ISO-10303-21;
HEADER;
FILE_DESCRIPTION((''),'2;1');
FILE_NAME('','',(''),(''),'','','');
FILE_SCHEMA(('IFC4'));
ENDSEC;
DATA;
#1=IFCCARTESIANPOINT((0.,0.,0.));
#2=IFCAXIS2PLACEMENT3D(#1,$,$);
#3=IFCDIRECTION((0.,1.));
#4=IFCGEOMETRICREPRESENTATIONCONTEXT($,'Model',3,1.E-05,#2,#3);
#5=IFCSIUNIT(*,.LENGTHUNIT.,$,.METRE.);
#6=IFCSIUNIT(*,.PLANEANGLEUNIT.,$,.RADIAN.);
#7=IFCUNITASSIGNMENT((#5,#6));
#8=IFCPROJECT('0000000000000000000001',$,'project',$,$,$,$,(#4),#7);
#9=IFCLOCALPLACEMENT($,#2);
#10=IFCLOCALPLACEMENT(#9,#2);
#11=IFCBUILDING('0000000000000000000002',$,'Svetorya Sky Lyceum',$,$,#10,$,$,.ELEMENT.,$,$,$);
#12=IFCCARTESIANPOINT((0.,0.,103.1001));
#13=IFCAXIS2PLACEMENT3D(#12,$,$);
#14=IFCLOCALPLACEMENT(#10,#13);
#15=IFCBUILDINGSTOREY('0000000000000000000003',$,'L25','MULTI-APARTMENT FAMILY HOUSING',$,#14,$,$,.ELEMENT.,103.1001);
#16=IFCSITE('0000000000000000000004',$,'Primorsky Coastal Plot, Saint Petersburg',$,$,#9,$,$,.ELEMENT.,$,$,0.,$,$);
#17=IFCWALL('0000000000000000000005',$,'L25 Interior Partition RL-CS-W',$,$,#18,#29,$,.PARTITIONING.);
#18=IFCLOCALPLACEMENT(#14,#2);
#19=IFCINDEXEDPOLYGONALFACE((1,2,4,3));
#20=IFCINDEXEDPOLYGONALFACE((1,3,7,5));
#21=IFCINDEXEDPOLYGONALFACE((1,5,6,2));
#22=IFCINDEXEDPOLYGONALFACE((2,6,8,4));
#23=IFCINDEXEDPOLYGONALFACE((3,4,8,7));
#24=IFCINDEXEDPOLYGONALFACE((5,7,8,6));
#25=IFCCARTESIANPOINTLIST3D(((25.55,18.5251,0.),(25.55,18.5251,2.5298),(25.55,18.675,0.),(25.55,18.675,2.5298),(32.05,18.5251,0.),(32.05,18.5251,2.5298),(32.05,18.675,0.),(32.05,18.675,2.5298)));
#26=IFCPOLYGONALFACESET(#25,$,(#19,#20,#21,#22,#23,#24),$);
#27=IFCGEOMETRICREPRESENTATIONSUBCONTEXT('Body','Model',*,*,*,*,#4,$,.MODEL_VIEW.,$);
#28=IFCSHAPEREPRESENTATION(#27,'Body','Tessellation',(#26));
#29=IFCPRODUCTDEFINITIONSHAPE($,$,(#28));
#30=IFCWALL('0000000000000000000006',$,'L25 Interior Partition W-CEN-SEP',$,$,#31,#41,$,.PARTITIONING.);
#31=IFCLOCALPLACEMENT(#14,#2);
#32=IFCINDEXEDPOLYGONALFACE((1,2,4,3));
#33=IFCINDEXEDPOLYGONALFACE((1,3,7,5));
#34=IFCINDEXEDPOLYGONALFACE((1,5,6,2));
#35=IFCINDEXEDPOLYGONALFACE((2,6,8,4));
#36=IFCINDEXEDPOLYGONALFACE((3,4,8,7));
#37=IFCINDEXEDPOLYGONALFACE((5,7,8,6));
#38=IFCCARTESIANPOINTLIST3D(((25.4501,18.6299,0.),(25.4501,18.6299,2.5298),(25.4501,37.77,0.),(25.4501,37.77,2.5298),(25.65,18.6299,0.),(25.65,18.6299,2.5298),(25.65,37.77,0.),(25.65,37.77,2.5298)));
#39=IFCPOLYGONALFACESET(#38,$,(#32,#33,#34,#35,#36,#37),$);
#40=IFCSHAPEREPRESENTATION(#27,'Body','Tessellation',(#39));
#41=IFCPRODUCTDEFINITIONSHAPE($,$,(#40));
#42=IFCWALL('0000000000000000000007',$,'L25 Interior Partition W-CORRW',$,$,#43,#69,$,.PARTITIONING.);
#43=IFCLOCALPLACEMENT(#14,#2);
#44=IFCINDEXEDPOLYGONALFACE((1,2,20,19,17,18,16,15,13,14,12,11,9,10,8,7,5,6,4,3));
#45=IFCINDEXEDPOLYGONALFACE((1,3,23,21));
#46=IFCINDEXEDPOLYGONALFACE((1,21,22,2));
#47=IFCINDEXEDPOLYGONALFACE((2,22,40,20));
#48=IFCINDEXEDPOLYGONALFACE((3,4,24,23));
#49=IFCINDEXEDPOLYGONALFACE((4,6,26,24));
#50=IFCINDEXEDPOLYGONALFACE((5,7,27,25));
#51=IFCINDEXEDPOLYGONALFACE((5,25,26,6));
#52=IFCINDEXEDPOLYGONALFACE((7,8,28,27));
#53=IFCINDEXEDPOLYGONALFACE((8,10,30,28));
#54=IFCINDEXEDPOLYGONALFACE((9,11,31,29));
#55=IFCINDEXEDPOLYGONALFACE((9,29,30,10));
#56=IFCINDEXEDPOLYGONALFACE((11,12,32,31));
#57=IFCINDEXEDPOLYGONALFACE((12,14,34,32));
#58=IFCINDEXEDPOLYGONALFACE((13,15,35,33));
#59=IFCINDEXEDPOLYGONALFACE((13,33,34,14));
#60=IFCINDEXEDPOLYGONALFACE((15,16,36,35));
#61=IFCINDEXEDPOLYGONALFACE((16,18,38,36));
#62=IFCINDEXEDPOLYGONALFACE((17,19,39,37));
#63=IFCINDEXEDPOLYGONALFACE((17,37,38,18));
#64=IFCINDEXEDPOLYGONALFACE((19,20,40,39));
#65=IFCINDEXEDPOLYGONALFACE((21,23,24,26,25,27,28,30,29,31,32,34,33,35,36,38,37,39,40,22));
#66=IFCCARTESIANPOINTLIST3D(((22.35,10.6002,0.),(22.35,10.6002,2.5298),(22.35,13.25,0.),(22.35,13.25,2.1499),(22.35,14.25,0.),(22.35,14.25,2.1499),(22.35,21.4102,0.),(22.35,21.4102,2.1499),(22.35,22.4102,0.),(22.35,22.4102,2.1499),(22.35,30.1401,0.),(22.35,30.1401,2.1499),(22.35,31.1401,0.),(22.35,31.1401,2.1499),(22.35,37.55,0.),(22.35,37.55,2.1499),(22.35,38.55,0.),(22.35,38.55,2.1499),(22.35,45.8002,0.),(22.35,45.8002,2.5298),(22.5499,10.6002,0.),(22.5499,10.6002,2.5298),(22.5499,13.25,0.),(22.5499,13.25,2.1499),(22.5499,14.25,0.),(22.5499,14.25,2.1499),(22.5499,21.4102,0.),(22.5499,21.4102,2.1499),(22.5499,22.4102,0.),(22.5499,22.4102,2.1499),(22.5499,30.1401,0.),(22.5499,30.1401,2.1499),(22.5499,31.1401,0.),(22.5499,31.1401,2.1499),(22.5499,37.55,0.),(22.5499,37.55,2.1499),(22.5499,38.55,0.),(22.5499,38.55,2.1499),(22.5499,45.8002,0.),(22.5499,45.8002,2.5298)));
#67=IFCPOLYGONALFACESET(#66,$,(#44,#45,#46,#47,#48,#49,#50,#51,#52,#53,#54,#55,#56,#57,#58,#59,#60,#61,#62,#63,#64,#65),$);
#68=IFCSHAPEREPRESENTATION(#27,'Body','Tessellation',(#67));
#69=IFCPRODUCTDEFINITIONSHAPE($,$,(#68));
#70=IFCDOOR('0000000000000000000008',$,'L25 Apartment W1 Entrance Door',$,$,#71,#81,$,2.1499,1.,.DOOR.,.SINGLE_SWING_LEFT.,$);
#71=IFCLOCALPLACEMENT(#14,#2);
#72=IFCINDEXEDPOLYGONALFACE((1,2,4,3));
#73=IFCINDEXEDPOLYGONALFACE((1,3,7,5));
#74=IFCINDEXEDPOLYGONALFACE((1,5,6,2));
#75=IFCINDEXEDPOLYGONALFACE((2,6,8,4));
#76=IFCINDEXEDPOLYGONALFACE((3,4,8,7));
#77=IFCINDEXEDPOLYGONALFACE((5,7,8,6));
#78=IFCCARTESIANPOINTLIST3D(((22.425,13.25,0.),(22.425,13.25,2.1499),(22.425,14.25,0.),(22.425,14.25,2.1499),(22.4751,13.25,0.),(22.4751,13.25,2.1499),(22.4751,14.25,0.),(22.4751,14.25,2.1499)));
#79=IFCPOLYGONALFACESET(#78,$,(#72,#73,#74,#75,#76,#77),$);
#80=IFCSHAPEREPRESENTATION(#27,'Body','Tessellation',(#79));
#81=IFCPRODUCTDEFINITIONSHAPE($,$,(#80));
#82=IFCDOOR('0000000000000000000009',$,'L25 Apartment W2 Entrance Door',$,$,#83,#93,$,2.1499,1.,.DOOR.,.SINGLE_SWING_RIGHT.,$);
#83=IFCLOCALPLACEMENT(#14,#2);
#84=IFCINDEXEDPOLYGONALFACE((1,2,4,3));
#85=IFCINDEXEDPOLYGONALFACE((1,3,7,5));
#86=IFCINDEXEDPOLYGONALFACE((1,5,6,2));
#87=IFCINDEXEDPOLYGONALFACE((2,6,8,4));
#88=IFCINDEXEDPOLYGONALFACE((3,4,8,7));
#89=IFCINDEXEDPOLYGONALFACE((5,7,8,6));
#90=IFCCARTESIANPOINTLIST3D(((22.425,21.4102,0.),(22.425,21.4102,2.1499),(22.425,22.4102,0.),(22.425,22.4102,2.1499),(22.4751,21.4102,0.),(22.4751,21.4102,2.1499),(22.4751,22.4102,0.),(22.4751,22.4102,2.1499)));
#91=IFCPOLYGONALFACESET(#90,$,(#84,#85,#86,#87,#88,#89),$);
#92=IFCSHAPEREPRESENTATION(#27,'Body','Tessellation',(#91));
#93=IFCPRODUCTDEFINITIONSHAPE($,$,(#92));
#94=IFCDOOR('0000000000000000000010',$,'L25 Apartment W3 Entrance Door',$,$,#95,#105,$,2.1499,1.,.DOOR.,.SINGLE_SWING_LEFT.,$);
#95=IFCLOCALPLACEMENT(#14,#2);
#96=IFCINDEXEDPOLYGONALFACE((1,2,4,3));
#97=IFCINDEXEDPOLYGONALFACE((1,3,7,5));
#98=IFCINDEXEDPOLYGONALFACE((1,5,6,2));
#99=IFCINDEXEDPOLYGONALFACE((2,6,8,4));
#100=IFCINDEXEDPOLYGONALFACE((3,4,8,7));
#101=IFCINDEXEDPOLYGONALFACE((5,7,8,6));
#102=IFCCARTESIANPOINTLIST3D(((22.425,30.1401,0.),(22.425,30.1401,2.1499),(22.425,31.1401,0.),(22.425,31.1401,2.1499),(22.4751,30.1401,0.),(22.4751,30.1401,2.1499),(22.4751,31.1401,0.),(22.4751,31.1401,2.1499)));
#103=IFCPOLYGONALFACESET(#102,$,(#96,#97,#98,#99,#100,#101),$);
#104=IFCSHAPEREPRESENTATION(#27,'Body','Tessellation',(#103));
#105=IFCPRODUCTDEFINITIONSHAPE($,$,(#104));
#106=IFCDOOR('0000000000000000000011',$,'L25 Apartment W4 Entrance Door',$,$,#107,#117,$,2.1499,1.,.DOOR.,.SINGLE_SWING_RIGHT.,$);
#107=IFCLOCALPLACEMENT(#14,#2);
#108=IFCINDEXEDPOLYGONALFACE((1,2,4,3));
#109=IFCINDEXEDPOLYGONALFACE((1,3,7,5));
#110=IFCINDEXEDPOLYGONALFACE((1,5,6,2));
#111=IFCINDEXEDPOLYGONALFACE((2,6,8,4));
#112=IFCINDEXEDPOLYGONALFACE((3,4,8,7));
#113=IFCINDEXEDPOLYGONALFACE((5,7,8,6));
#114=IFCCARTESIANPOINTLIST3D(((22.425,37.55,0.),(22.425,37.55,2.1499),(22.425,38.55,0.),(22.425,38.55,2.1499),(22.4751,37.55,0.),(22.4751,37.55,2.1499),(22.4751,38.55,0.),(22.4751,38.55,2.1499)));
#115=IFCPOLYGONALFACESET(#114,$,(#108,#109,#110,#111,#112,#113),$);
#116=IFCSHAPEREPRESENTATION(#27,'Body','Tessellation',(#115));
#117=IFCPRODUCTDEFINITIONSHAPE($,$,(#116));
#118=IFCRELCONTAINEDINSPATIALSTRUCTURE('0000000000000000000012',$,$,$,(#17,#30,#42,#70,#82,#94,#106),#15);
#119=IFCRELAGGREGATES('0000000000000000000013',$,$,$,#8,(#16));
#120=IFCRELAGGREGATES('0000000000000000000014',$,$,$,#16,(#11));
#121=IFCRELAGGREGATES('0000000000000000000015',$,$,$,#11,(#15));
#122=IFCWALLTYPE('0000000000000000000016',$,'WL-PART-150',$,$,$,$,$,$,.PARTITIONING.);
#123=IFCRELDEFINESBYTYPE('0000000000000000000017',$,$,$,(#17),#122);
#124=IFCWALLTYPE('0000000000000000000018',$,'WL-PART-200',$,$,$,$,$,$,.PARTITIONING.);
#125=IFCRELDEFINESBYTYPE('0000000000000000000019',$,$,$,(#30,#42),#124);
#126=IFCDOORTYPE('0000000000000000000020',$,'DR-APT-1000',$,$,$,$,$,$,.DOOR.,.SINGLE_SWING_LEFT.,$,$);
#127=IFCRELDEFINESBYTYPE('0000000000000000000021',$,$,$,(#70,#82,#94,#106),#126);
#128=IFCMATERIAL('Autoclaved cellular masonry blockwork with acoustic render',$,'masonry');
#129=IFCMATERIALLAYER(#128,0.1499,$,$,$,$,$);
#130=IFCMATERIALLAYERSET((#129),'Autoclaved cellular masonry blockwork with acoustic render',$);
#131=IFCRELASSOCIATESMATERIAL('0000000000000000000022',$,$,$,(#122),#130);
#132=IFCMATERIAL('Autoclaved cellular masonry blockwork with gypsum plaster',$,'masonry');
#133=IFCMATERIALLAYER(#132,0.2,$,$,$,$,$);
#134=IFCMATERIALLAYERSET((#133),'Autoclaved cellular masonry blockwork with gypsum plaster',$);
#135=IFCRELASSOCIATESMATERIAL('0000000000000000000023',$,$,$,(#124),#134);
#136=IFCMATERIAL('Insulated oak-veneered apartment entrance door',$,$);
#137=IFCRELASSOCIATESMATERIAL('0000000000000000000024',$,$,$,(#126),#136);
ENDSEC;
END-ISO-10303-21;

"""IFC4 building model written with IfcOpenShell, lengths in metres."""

from ifc_helpers import new_model, si_unit, direction, frame, frame_2d, origin, place, context, subcontext, project, spatial, rectangle, extrude, material, layer, layer_set, type_object, element, fill, save


model = new_model("IFC4")

# Units and contexts
model_context = context("Model", 3, precision=1e-05, world=origin(), true_north=direction((0.0, 1.0)))
body_context = subcontext(model_context, "Body", "Model", "MODEL_VIEW")
ifc_project = project(units=[si_unit("LENGTHUNIT", "METRE"), si_unit("PLANEANGLEUNIT", "RADIAN")], contexts=[model_context])

# Site, building, storey
site_placement = place(None, origin())
site = spatial("IfcSite", under=ifc_project, at=site_placement, Name="Primorsky Coastal Plot, Saint Petersburg", CompositionType="ELEMENT", RefElevation=0.0)
building_placement = place(site_placement, origin())
building = spatial("IfcBuilding", under=site, at=building_placement, Name="Svetorya Sky Lyceum", CompositionType="ELEMENT")
storey_placement = place(building_placement, frame((0.0, 0.0, 103.1001)))
storey = spatial("IfcBuildingStorey", under=building, at=storey_placement, Name="L25", Description="MULTI-APARTMENT FAMILY HOUSING", CompositionType="ELEMENT", Elevation=103.1001)

# Walls
ifc_material_1 = material(Name="Autoclaved cellular masonry blockwork with acoustic render", Category="masonry")
ifc_layer_1 = layer(ifc_material_1, 0.1499)
ifc_layer_set_1 = layer_set([ifc_layer_1], Name="Autoclaved cellular masonry blockwork with acoustic render")
wall_type_1 = type_object("IfcWallType", Name="WL-PART-150", PredefinedType="PARTITIONING", material=ifc_layer_set_1)
wall_1_placement = place(storey_placement, frame((25.55, 18.6001, 0.0), z_axis=(0.0, 0.0, 1.0), x_axis=(1.0, 0.0, 0.0)))
element("IfcWall", 1, at=wall_1_placement, inside=storey, type_object=wall_type_1, Name="L25 Interior Partition RL-CS-W", PredefinedType="PARTITIONING", context=body_context, shape_type="SweptSolid", body=[
    extrude(rectangle(XDim=6.5, YDim=0.1499, at=frame_2d((3.25, 0.0))), origin(), (0.0, 0.0, 1.0), 2.5298),
])
ifc_material_2 = material(Name="Autoclaved cellular masonry blockwork with gypsum plaster", Category="masonry")
ifc_layer_2 = layer(ifc_material_2, 0.2)
ifc_layer_set_2 = layer_set([ifc_layer_2], Name="Autoclaved cellular masonry blockwork with gypsum plaster")
wall_type_2 = type_object("IfcWallType", Name="WL-PART-200", PredefinedType="PARTITIONING", material=ifc_layer_set_2)
wall_2_placement = place(storey_placement, frame((25.55, 18.6299, 0.0), z_axis=(0.0, 0.0, 1.0), x_axis=(0.0, 1.0, 0.0)))
element("IfcWall", 2, at=wall_2_placement, inside=storey, type_object=wall_type_2, Name="L25 Interior Partition W-CEN-SEP", PredefinedType="PARTITIONING", context=body_context, shape_type="SweptSolid", body=[
    extrude(rectangle(XDim=19.1401, YDim=0.2, at=frame_2d((9.5701, 0.0))), origin(), (0.0, 0.0, 1.0), 2.5298),
])

# Wall, openings, doors
wall_3_placement = place(storey_placement, frame((22.45, 10.6001, 0.0), z_axis=(0.0, 0.0, 1.0), x_axis=(0.0, 1.0, 0.0)))
wall_3 = element("IfcWall", 3, at=wall_3_placement, inside=storey, type_object=wall_type_2, Name="L25 Interior Partition W-CORRW", PredefinedType="PARTITIONING", context=body_context, shape_type="SweptSolid", body=[
    extrude(rectangle(XDim=35.2, YDim=0.2, at=frame_2d((17.6001, 0.0))), origin(), (0.0, 0.0, 1.0), 2.5298),
])
opening_1_placement = place(wall_3_placement, frame((2.6499, 0.0, 0.0)))
opening_1 = element("IfcOpeningElement", 4, at=opening_1_placement, cuts=wall_3, PredefinedType="OPENING", context=body_context, shape_type="SweptSolid", body=[
    extrude(rectangle(XDim=1.0, YDim=2.1499, at=frame_2d((0.5, 1.075))), frame((0.0, 0.1099, 0.0), z_axis=(0.0, -1.0, 0.0), x_axis=(1.0, 0.0, 0.0)), (0.0, 0.0, 1.0), 0.22),
])
opening_2_placement = place(wall_3_placement, frame((10.8101, 0.0, 0.0)))
opening_2 = element("IfcOpeningElement", 5, at=opening_2_placement, cuts=wall_3, PredefinedType="OPENING", context=body_context, shape_type="SweptSolid", body=[
    extrude(rectangle(XDim=1.0, YDim=2.1499, at=frame_2d((0.5, 1.075))), frame((0.0, 0.1099, 0.0), z_axis=(0.0, -1.0, 0.0), x_axis=(1.0, 0.0, 0.0)), (0.0, 0.0, 1.0), 0.22),
])
opening_3_placement = place(wall_3_placement, frame((19.54, 0.0, 0.0)))
opening_3 = element("IfcOpeningElement", 6, at=opening_3_placement, cuts=wall_3, PredefinedType="OPENING", context=body_context, shape_type="SweptSolid", body=[
    extrude(rectangle(XDim=1.0, YDim=2.1499, at=frame_2d((0.5, 1.075))), frame((0.0, 0.1099, 0.0), z_axis=(0.0, -1.0, 0.0), x_axis=(1.0, 0.0, 0.0)), (0.0, 0.0, 1.0), 0.22),
])
opening_4_placement = place(wall_3_placement, frame((26.95, 0.0, 0.0)))
opening_4 = element("IfcOpeningElement", 7, at=opening_4_placement, cuts=wall_3, PredefinedType="OPENING", context=body_context, shape_type="SweptSolid", body=[
    extrude(rectangle(XDim=1.0, YDim=2.1499, at=frame_2d((0.5, 1.075))), frame((0.0, 0.1099, 0.0), z_axis=(0.0, -1.0, 0.0), x_axis=(1.0, 0.0, 0.0)), (0.0, 0.0, 1.0), 0.22),
])
ifc_material_3 = material(Name="Insulated oak-veneered apartment entrance door")
door_type_1 = type_object("IfcDoorType", Name="DR-APT-1000", OperationType="SINGLE_SWING_LEFT", PredefinedType="DOOR", material=ifc_material_3)
door_1_placement = place(opening_1_placement, origin())
door_1 = element("IfcDoor", 8, at=door_1_placement, inside=storey, type_object=door_type_1, Name="L25 Apartment W1 Entrance Door", OperationType="SINGLE_SWING_LEFT", OverallHeight=2.1499, OverallWidth=1.0, PredefinedType="DOOR", context=body_context, shape_type="SweptSolid", body=[
    extrude(rectangle(XDim=1.0, YDim=2.1499, at=frame_2d((0.5, 1.075))), frame((0.0, 0.0249, 0.0), z_axis=(0.0, -1.0, 0.0), x_axis=(1.0, 0.0, 0.0)), (0.0, 0.0, 1.0), 0.05),
])
fill(opening_1, door_1)
door_2_placement = place(opening_2_placement, origin())
door_2 = element("IfcDoor", 9, at=door_2_placement, inside=storey, type_object=door_type_1, Name="L25 Apartment W2 Entrance Door", OperationType="SINGLE_SWING_RIGHT", OverallHeight=2.1499, OverallWidth=1.0, PredefinedType="DOOR", context=body_context, shape_type="SweptSolid", body=[
    extrude(rectangle(XDim=1.0, YDim=2.1499, at=frame_2d((0.5, 1.075))), frame((0.0, 0.0249, 0.0), z_axis=(0.0, -1.0, 0.0), x_axis=(1.0, 0.0, 0.0)), (0.0, 0.0, 1.0), 0.05),
])
fill(opening_2, door_2)
door_3_placement = place(opening_3_placement, origin())
door_3 = element("IfcDoor", 10, at=door_3_placement, inside=storey, type_object=door_type_1, Name="L25 Apartment W3 Entrance Door", OperationType="SINGLE_SWING_LEFT", OverallHeight=2.1499, OverallWidth=1.0, PredefinedType="DOOR", context=body_context, shape_type="SweptSolid", body=[
    extrude(rectangle(XDim=1.0, YDim=2.1499, at=frame_2d((0.5, 1.075))), frame((0.0, 0.0249, 0.0), z_axis=(0.0, -1.0, 0.0), x_axis=(1.0, 0.0, 0.0)), (0.0, 0.0, 1.0), 0.05),
])
fill(opening_3, door_3)
door_4_placement = place(opening_4_placement, origin())
door_4 = element("IfcDoor", 11, at=door_4_placement, inside=storey, type_object=door_type_1, Name="L25 Apartment W4 Entrance Door", OperationType="SINGLE_SWING_RIGHT", OverallHeight=2.1499, OverallWidth=1.0, PredefinedType="DOOR", context=body_context, shape_type="SweptSolid", body=[
    extrude(rectangle(XDim=1.0, YDim=2.1499, at=frame_2d((0.5, 1.075))), frame((0.0, 0.0249, 0.0), z_axis=(0.0, -1.0, 0.0), x_axis=(1.0, 0.0, 0.0)), (0.0, 0.0, 1.0), 0.05),
])
fill(opening_4, door_4)

save(model, "model.ifc")
